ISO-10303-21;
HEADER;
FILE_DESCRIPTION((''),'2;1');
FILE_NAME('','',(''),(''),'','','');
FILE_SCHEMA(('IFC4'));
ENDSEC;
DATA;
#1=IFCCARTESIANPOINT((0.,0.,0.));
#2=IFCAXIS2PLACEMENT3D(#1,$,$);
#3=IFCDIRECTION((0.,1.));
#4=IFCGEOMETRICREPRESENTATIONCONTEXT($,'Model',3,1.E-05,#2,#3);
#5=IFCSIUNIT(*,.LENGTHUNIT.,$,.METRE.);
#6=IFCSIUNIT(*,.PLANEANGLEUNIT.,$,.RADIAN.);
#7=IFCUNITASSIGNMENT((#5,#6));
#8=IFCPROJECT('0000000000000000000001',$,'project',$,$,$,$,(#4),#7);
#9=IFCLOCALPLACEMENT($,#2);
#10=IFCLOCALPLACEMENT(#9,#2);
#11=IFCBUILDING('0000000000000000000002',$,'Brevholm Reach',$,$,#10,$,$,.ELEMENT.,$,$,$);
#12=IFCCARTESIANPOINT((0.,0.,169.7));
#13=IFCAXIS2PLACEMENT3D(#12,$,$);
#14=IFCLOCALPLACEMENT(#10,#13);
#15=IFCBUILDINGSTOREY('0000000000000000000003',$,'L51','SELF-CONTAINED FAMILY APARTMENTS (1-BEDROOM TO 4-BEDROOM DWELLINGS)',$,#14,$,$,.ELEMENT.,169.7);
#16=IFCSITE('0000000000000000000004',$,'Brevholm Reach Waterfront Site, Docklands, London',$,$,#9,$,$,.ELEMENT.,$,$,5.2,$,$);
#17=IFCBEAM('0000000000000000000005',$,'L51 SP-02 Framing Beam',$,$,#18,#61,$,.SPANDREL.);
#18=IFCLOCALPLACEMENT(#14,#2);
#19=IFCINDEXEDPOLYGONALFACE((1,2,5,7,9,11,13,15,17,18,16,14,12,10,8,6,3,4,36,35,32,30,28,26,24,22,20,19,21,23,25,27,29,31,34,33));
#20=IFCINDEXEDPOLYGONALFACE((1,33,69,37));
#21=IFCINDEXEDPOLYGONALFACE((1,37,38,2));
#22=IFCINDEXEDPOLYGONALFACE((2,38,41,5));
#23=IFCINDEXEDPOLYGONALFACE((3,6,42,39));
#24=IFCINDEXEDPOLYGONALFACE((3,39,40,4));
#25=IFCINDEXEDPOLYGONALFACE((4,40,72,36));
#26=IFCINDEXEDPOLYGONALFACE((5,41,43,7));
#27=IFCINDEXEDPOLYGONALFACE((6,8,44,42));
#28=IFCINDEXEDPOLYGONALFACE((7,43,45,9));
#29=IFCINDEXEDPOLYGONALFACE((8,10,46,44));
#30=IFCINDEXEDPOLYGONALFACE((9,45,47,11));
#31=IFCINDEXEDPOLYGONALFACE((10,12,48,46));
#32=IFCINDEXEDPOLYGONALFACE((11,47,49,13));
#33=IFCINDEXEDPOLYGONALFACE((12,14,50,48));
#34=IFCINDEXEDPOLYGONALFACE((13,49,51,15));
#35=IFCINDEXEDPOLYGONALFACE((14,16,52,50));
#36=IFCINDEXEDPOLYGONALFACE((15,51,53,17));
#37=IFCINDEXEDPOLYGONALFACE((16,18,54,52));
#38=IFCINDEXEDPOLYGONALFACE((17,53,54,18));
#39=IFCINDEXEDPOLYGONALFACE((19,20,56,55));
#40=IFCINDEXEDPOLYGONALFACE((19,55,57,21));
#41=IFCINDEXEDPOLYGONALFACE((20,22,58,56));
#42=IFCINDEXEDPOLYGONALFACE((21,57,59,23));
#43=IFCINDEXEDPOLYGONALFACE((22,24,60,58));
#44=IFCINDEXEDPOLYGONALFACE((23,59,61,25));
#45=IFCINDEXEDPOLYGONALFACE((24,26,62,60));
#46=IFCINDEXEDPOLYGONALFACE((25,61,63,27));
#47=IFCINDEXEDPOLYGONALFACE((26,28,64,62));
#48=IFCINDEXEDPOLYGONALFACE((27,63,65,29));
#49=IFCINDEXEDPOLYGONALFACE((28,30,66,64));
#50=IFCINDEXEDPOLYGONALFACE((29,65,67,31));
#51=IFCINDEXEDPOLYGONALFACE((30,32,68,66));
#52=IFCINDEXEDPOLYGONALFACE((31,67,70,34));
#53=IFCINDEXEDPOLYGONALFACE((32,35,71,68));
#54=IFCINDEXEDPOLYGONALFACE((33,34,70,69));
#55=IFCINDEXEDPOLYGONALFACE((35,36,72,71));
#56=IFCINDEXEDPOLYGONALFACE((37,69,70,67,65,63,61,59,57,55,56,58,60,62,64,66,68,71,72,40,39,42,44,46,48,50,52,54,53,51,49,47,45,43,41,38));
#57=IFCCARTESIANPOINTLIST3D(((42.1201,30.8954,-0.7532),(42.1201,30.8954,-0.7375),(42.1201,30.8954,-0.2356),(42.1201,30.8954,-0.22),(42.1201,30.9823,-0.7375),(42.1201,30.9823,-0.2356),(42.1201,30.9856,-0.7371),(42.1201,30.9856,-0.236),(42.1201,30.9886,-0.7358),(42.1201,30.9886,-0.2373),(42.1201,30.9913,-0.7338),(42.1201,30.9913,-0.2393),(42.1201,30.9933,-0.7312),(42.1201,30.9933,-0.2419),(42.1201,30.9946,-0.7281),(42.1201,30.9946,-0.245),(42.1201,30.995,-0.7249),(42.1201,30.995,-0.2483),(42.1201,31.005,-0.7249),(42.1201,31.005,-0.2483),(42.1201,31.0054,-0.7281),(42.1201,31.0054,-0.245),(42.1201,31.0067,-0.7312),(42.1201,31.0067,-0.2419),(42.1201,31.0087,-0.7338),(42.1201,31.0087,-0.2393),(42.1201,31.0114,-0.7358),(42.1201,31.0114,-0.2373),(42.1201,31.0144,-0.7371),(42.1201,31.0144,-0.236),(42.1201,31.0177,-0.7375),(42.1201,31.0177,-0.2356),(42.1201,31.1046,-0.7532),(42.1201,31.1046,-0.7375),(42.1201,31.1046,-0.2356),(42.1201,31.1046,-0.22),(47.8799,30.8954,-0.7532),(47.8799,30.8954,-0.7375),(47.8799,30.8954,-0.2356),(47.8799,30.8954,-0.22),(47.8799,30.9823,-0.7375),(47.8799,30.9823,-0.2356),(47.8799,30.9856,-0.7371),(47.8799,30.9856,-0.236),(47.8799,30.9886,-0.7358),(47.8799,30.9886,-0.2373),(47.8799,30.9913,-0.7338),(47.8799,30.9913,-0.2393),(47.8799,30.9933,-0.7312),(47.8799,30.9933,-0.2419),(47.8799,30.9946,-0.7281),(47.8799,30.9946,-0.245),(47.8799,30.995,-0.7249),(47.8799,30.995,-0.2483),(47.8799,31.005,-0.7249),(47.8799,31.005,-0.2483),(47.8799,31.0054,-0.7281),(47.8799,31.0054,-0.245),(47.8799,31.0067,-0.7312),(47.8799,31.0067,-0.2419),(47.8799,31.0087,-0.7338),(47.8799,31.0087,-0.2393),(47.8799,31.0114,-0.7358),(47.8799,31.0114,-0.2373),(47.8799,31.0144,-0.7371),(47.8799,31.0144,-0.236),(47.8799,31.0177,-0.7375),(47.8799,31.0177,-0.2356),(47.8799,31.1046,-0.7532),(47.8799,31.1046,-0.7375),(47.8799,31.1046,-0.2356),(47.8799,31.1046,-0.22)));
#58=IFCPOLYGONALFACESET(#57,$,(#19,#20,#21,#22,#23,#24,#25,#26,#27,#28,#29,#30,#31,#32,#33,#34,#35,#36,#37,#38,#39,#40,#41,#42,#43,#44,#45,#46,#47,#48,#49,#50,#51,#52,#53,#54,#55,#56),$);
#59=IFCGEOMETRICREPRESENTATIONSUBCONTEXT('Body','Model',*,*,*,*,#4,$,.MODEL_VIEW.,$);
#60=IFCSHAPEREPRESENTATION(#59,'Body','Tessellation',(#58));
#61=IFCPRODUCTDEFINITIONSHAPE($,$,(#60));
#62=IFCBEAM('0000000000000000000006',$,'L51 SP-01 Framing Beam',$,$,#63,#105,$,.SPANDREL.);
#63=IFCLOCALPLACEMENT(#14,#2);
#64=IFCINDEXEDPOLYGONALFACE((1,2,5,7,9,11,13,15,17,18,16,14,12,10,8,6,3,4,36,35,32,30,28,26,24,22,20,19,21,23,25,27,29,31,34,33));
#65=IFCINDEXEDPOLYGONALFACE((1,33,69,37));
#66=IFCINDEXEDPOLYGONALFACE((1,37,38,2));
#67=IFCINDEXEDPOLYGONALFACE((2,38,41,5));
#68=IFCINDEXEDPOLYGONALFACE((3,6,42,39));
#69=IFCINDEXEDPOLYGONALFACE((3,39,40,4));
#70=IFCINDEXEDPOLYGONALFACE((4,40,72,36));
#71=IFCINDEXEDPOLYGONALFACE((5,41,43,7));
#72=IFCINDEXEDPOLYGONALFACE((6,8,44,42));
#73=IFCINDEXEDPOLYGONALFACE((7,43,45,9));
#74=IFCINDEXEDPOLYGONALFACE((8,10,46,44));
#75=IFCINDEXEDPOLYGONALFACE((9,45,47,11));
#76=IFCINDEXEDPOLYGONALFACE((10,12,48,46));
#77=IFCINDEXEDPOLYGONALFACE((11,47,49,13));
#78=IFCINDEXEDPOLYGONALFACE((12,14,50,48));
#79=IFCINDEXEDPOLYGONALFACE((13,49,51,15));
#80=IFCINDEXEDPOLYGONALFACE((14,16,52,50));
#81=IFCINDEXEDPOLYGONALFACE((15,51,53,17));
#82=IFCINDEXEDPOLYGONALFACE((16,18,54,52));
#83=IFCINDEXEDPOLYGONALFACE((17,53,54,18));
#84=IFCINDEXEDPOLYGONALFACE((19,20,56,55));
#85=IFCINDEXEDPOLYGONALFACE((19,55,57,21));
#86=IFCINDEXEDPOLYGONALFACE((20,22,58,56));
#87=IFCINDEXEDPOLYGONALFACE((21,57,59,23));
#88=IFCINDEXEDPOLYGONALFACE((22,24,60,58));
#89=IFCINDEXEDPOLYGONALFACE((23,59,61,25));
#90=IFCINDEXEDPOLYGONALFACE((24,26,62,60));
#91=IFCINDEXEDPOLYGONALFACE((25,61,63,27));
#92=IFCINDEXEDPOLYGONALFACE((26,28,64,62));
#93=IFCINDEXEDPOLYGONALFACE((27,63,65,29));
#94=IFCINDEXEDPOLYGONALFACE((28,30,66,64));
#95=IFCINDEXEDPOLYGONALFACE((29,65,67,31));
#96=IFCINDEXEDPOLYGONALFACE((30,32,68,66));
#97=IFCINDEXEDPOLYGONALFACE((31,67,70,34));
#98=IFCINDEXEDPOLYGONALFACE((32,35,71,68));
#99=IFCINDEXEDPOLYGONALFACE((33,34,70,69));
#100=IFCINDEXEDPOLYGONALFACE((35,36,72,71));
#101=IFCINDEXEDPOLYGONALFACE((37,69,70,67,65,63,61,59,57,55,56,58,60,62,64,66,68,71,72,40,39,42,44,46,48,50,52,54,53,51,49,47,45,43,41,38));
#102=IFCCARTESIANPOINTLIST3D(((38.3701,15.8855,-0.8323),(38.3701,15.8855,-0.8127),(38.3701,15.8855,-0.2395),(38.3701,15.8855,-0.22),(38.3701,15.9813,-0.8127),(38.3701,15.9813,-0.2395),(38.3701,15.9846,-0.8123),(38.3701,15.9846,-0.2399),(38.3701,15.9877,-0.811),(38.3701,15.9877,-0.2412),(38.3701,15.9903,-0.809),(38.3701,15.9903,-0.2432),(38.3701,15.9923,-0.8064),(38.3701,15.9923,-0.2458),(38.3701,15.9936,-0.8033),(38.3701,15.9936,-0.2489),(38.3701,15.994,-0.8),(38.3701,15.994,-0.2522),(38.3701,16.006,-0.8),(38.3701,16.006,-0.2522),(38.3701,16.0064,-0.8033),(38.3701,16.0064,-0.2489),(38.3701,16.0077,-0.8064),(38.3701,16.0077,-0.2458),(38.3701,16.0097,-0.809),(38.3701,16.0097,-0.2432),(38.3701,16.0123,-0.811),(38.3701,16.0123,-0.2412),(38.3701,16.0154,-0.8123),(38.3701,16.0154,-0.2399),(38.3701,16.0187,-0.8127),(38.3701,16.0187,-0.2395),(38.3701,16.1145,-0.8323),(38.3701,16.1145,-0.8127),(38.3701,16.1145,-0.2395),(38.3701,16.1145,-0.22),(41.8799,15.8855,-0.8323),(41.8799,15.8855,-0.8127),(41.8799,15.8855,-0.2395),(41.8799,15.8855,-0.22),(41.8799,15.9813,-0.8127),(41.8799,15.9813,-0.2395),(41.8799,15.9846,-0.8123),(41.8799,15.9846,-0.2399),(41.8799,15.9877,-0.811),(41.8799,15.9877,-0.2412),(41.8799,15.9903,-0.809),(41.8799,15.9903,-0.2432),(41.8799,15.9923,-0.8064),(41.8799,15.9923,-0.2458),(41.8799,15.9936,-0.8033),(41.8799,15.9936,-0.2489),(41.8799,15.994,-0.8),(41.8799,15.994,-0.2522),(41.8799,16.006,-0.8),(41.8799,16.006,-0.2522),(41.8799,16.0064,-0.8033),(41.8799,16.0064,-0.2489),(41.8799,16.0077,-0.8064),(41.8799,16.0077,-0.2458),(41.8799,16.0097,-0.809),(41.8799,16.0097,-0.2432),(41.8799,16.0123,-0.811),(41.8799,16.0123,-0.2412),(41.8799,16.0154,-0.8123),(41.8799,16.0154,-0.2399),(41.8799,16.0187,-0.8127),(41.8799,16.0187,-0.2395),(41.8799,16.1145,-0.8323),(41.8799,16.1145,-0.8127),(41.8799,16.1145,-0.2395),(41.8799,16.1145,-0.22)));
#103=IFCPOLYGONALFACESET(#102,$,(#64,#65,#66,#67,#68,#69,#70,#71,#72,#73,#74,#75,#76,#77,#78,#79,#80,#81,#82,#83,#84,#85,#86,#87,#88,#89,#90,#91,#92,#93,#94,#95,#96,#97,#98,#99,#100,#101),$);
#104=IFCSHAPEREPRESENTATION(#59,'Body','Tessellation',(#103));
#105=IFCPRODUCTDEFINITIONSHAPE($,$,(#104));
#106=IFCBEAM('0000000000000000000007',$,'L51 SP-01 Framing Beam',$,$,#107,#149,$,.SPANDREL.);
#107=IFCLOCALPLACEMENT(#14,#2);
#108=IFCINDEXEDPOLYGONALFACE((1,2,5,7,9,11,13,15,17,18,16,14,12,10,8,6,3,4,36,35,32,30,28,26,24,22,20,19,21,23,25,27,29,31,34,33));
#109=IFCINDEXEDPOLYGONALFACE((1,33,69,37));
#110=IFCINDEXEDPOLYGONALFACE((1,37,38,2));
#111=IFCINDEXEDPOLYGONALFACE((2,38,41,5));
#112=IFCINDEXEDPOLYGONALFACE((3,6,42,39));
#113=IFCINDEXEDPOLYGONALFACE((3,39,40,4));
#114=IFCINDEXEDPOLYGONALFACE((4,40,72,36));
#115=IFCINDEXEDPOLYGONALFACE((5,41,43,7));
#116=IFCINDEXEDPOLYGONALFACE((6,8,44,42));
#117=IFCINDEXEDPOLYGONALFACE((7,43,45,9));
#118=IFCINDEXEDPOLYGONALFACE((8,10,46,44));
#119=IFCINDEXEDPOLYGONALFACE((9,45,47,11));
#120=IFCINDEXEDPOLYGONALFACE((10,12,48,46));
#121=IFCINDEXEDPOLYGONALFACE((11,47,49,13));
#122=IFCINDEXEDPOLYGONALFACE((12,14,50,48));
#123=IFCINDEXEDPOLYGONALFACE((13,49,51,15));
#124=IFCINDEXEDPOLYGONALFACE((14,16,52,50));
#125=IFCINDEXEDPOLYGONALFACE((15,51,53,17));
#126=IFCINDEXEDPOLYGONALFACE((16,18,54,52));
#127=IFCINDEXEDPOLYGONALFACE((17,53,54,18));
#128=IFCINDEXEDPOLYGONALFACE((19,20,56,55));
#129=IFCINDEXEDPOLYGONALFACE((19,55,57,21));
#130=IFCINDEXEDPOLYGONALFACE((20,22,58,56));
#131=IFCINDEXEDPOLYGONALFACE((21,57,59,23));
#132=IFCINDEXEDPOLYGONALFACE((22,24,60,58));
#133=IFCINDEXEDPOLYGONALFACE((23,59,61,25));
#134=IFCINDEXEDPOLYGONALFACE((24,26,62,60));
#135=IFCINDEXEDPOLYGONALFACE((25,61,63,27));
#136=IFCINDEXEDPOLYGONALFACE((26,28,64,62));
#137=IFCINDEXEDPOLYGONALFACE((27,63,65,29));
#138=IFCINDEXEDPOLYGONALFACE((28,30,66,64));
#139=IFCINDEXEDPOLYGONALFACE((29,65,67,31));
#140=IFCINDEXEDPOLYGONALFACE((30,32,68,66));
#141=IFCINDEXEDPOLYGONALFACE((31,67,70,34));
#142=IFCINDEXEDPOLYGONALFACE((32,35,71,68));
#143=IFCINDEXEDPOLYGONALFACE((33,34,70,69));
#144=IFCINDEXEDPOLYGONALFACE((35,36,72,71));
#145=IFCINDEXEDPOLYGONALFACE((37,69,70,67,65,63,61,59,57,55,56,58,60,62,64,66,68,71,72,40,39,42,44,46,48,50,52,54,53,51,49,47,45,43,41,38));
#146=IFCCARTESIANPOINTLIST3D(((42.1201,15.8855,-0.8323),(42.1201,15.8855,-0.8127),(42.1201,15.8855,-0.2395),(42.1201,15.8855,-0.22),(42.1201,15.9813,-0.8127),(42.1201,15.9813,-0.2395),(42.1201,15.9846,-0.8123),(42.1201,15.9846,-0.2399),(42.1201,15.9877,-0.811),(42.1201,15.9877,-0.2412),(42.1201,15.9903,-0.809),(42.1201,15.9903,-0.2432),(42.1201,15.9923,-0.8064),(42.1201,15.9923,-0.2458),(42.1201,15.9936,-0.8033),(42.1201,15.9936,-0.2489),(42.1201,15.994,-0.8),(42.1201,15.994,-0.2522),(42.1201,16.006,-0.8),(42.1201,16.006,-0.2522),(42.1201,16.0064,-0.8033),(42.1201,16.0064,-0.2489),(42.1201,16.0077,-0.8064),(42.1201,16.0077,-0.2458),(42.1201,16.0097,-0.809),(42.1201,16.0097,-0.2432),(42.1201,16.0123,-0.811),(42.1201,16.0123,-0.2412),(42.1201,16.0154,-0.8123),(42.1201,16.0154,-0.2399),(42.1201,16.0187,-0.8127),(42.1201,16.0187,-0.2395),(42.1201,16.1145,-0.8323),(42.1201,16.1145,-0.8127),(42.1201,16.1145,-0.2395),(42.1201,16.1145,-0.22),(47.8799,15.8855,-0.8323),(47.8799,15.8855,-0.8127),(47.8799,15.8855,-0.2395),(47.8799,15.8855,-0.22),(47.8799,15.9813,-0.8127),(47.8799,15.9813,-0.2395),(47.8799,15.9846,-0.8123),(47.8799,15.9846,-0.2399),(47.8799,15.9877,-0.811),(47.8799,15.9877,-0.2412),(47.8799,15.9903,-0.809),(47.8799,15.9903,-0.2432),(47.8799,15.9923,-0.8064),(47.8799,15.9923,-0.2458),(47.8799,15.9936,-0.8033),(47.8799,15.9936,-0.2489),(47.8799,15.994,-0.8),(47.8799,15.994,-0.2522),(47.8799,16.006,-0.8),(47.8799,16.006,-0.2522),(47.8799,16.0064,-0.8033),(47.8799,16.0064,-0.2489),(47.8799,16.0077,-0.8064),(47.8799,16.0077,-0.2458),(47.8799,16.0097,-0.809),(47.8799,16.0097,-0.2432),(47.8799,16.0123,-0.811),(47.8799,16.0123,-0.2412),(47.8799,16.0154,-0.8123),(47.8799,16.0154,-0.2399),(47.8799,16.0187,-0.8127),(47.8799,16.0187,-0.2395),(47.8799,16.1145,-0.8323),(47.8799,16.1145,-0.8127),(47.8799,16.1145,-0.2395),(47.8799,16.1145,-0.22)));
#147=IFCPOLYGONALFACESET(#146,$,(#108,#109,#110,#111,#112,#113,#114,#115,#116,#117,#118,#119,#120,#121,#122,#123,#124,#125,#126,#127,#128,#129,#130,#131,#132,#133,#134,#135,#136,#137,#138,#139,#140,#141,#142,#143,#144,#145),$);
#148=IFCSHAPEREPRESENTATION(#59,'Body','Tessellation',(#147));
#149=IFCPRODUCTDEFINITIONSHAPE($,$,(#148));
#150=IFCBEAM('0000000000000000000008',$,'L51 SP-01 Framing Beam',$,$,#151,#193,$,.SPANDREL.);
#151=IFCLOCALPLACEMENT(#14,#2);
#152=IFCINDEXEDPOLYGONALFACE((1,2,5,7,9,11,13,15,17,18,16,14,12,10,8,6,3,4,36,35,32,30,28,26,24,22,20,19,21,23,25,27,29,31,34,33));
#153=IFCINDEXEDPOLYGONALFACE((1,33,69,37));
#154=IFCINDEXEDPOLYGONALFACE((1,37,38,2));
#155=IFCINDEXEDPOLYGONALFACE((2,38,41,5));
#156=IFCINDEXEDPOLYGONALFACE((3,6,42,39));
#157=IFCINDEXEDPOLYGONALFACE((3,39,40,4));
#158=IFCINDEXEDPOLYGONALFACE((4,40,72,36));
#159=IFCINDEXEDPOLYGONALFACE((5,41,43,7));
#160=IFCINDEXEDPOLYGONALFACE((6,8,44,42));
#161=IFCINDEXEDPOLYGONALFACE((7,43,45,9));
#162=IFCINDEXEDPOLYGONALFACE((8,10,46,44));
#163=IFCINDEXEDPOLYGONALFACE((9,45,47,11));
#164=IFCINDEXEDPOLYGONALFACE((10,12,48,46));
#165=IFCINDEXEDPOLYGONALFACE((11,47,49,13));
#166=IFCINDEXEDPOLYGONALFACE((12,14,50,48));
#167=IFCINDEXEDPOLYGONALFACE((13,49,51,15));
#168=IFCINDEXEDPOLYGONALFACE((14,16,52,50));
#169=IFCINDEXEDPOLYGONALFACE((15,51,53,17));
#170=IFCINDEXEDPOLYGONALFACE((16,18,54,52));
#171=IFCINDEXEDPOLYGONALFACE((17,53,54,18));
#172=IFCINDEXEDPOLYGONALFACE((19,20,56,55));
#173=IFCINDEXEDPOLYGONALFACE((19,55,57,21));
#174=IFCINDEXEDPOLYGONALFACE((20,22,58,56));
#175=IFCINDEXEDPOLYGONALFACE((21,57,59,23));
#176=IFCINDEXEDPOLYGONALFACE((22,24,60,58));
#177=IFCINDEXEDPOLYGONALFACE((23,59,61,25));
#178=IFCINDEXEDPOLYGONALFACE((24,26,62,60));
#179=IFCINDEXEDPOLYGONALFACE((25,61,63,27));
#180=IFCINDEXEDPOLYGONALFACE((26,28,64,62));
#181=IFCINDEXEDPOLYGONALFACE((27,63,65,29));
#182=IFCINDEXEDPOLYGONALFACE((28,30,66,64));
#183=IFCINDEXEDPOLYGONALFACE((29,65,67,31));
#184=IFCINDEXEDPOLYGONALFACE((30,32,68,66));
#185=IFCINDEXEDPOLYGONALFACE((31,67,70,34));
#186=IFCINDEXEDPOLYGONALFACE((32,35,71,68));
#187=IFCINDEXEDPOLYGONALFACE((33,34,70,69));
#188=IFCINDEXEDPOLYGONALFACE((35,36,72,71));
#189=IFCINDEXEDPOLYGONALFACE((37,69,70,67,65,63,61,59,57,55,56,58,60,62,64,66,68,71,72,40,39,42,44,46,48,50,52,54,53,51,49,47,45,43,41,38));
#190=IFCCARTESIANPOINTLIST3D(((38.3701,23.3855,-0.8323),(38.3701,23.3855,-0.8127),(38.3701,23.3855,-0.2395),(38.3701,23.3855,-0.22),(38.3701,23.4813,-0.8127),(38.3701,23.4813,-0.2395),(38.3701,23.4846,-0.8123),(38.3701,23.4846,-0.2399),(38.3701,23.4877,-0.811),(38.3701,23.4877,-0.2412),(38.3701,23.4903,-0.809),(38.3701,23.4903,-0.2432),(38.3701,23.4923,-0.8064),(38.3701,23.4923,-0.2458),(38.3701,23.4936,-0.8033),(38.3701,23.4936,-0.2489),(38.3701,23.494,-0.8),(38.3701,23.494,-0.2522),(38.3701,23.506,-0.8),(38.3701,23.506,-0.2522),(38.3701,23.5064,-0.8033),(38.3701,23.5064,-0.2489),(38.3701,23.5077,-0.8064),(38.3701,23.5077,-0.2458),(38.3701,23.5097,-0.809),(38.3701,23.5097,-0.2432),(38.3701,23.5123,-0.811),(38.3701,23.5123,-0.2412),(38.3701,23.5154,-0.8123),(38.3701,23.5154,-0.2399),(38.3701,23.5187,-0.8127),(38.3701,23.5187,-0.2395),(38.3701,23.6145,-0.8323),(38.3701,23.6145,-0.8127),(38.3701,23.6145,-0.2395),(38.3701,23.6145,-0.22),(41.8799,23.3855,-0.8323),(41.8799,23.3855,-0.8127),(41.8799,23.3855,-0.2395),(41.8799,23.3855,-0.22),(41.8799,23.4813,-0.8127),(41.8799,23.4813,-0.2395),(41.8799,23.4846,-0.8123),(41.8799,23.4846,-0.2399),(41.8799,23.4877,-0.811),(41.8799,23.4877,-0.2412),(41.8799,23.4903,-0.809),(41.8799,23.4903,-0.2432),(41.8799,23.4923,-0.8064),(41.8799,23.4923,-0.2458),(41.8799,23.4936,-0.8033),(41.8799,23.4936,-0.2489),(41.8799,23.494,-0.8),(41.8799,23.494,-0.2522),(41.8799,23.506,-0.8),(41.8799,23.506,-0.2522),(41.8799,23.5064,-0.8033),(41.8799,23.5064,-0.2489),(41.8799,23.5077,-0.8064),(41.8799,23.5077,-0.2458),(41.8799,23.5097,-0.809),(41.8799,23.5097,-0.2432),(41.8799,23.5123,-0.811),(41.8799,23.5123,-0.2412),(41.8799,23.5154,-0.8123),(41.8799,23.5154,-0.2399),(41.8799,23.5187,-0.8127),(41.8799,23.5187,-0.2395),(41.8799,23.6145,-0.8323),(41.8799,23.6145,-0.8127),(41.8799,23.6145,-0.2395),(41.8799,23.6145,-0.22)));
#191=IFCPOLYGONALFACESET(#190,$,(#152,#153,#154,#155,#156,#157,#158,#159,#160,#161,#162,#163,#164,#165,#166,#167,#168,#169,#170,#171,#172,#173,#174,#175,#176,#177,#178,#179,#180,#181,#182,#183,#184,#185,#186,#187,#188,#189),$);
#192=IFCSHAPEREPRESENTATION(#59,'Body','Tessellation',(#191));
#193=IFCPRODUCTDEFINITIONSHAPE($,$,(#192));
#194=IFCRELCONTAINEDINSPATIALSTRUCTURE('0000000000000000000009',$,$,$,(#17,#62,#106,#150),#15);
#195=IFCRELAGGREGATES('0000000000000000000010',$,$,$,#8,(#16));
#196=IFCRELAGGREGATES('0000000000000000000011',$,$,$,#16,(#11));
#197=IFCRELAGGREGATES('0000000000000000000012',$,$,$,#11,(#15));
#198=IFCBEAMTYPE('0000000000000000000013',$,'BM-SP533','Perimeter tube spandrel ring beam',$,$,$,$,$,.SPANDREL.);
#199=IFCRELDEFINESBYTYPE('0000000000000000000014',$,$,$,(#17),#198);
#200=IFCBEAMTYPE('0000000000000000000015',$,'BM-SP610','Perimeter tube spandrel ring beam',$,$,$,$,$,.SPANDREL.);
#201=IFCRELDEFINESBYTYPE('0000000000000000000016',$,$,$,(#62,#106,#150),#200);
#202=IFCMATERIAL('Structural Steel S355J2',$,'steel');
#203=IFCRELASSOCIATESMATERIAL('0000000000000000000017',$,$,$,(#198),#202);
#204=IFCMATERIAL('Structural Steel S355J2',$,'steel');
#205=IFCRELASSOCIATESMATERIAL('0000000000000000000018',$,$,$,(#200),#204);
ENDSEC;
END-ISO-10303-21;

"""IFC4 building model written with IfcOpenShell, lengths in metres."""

from ifc_helpers import new_model, si_unit, direction, frame, origin, origin_2d, place, context, subcontext, project, spatial, i_section, extrude, material, material_profile, profile_set, type_object, element, save


model = new_model("IFC4")

# Units and contexts
model_context = context("Model", 3, precision=1e-05, world=origin(), true_north=direction((0.0, 1.0)))
body_context = subcontext(model_context, "Body", "Model", "MODEL_VIEW")
ifc_project = project(units=[si_unit("LENGTHUNIT", "METRE"), si_unit("PLANEANGLEUNIT", "RADIAN")], contexts=[model_context])

# Site, building, storey
site_placement = place(None, origin())
site = spatial("IfcSite", under=ifc_project, at=site_placement, Name="Brevholm Reach Waterfront Site, Docklands, London", CompositionType="ELEMENT", RefElevation=5.2)
building_placement = place(site_placement, origin())
building = spatial("IfcBuilding", under=site, at=building_placement, Name="Brevholm Reach", CompositionType="ELEMENT")
storey_placement = place(building_placement, frame((0.0, 0.0, 169.7)))
storey = spatial("IfcBuildingStorey", under=building, at=storey_placement, Name="L51", Description="SELF-CONTAINED FAMILY APARTMENTS (1-BEDROOM TO 4-BEDROOM DWELLINGS)", CompositionType="ELEMENT", Elevation=169.7)

# Beams
ifc_material_1 = material(Name="Structural Steel S355J2", Category="steel")
ifc_material_profile_1 = material_profile(ifc_material_1, i_section(OverallWidth=0.2092, OverallDepth=0.5332, WebThickness=0.01, FlangeThickness=0.0156, FilletRadius=0.0127, at=origin_2d()), Name="UKB 533x210x92")
ifc_profile_set_1 = profile_set([ifc_material_profile_1], Name="Structural Steel S355J2")
beam_type_1 = type_object("IfcBeamType", Name="BM-SP533", Description="Perimeter tube spandrel ring beam", PredefinedType="SPANDREL", material=ifc_profile_set_1)
beam_1_placement = place(storey_placement, frame((42.1201, 31.0, -0.4866), z_axis=(1.0, 0.0, 0.0), x_axis=(0.0, 1.0, 0.0)))
element("IfcBeam", 1, at=beam_1_placement, inside=storey, type_object=beam_type_1, Name="L51 SP-02 Framing Beam", PredefinedType="SPANDREL", context=body_context, shape_type="SweptSolid", body=[
    extrude(i_section(OverallWidth=0.2092, OverallDepth=0.5332, WebThickness=0.01, FlangeThickness=0.0156, FilletRadius=0.0127, at=origin_2d()), origin(), (0.0, 0.0, 1.0), 5.7598),
])
ifc_material_2 = material(Name="Structural Steel S355J2", Category="steel")
ifc_material_profile_2 = material_profile(ifc_material_2, i_section(OverallWidth=0.229, OverallDepth=0.6123, WebThickness=0.012, FlangeThickness=0.0195, FilletRadius=0.0127, at=origin_2d()), Name="UKB 610x229x125")
ifc_profile_set_2 = profile_set([ifc_material_profile_2], Name="Structural Steel S355J2")
beam_type_2 = type_object("IfcBeamType", Name="BM-SP610", Description="Perimeter tube spandrel ring beam", PredefinedType="SPANDREL", material=ifc_profile_set_2)
beam_2_placement = place(storey_placement, frame((38.3701, 16.0, -0.5261), z_axis=(1.0, 0.0, 0.0), x_axis=(0.0, 1.0, 0.0)))
element("IfcBeam", 2, at=beam_2_placement, inside=storey, type_object=beam_type_2, Name="L51 SP-01 Framing Beam", PredefinedType="SPANDREL", context=body_context, shape_type="SweptSolid", body=[
    extrude(i_section(OverallWidth=0.229, OverallDepth=0.6123, WebThickness=0.012, FlangeThickness=0.0195, FilletRadius=0.0127, at=origin_2d()), origin(), (0.0, 0.0, 1.0), 3.5098),
])
beam_3_placement = place(storey_placement, frame((42.1201, 16.0, -0.5261), z_axis=(1.0, 0.0, 0.0), x_axis=(0.0, 1.0, 0.0)))
element("IfcBeam", 3, at=beam_3_placement, inside=storey, type_object=beam_type_2, Name="L51 SP-01 Framing Beam", PredefinedType="SPANDREL", context=body_context, shape_type="SweptSolid", body=[
    extrude(i_section(OverallWidth=0.229, OverallDepth=0.6123, WebThickness=0.012, FlangeThickness=0.0195, FilletRadius=0.0127, at=origin_2d()), origin(), (0.0, 0.0, 1.0), 5.7598),
])
beam_4_placement = place(storey_placement, frame((38.3701, 23.5, -0.5261), z_axis=(1.0, 0.0, 0.0), x_axis=(0.0, 1.0, 0.0)))
element("IfcBeam", 4, at=beam_4_placement, inside=storey, type_object=beam_type_2, Name="L51 SP-01 Framing Beam", PredefinedType="SPANDREL", context=body_context, shape_type="SweptSolid", body=[
    extrude(i_section(OverallWidth=0.229, OverallDepth=0.6123, WebThickness=0.012, FlangeThickness=0.0195, FilletRadius=0.0127, at=origin_2d()), origin(), (0.0, 0.0, 1.0), 3.5098),
])

save(model, "model.ifc")
